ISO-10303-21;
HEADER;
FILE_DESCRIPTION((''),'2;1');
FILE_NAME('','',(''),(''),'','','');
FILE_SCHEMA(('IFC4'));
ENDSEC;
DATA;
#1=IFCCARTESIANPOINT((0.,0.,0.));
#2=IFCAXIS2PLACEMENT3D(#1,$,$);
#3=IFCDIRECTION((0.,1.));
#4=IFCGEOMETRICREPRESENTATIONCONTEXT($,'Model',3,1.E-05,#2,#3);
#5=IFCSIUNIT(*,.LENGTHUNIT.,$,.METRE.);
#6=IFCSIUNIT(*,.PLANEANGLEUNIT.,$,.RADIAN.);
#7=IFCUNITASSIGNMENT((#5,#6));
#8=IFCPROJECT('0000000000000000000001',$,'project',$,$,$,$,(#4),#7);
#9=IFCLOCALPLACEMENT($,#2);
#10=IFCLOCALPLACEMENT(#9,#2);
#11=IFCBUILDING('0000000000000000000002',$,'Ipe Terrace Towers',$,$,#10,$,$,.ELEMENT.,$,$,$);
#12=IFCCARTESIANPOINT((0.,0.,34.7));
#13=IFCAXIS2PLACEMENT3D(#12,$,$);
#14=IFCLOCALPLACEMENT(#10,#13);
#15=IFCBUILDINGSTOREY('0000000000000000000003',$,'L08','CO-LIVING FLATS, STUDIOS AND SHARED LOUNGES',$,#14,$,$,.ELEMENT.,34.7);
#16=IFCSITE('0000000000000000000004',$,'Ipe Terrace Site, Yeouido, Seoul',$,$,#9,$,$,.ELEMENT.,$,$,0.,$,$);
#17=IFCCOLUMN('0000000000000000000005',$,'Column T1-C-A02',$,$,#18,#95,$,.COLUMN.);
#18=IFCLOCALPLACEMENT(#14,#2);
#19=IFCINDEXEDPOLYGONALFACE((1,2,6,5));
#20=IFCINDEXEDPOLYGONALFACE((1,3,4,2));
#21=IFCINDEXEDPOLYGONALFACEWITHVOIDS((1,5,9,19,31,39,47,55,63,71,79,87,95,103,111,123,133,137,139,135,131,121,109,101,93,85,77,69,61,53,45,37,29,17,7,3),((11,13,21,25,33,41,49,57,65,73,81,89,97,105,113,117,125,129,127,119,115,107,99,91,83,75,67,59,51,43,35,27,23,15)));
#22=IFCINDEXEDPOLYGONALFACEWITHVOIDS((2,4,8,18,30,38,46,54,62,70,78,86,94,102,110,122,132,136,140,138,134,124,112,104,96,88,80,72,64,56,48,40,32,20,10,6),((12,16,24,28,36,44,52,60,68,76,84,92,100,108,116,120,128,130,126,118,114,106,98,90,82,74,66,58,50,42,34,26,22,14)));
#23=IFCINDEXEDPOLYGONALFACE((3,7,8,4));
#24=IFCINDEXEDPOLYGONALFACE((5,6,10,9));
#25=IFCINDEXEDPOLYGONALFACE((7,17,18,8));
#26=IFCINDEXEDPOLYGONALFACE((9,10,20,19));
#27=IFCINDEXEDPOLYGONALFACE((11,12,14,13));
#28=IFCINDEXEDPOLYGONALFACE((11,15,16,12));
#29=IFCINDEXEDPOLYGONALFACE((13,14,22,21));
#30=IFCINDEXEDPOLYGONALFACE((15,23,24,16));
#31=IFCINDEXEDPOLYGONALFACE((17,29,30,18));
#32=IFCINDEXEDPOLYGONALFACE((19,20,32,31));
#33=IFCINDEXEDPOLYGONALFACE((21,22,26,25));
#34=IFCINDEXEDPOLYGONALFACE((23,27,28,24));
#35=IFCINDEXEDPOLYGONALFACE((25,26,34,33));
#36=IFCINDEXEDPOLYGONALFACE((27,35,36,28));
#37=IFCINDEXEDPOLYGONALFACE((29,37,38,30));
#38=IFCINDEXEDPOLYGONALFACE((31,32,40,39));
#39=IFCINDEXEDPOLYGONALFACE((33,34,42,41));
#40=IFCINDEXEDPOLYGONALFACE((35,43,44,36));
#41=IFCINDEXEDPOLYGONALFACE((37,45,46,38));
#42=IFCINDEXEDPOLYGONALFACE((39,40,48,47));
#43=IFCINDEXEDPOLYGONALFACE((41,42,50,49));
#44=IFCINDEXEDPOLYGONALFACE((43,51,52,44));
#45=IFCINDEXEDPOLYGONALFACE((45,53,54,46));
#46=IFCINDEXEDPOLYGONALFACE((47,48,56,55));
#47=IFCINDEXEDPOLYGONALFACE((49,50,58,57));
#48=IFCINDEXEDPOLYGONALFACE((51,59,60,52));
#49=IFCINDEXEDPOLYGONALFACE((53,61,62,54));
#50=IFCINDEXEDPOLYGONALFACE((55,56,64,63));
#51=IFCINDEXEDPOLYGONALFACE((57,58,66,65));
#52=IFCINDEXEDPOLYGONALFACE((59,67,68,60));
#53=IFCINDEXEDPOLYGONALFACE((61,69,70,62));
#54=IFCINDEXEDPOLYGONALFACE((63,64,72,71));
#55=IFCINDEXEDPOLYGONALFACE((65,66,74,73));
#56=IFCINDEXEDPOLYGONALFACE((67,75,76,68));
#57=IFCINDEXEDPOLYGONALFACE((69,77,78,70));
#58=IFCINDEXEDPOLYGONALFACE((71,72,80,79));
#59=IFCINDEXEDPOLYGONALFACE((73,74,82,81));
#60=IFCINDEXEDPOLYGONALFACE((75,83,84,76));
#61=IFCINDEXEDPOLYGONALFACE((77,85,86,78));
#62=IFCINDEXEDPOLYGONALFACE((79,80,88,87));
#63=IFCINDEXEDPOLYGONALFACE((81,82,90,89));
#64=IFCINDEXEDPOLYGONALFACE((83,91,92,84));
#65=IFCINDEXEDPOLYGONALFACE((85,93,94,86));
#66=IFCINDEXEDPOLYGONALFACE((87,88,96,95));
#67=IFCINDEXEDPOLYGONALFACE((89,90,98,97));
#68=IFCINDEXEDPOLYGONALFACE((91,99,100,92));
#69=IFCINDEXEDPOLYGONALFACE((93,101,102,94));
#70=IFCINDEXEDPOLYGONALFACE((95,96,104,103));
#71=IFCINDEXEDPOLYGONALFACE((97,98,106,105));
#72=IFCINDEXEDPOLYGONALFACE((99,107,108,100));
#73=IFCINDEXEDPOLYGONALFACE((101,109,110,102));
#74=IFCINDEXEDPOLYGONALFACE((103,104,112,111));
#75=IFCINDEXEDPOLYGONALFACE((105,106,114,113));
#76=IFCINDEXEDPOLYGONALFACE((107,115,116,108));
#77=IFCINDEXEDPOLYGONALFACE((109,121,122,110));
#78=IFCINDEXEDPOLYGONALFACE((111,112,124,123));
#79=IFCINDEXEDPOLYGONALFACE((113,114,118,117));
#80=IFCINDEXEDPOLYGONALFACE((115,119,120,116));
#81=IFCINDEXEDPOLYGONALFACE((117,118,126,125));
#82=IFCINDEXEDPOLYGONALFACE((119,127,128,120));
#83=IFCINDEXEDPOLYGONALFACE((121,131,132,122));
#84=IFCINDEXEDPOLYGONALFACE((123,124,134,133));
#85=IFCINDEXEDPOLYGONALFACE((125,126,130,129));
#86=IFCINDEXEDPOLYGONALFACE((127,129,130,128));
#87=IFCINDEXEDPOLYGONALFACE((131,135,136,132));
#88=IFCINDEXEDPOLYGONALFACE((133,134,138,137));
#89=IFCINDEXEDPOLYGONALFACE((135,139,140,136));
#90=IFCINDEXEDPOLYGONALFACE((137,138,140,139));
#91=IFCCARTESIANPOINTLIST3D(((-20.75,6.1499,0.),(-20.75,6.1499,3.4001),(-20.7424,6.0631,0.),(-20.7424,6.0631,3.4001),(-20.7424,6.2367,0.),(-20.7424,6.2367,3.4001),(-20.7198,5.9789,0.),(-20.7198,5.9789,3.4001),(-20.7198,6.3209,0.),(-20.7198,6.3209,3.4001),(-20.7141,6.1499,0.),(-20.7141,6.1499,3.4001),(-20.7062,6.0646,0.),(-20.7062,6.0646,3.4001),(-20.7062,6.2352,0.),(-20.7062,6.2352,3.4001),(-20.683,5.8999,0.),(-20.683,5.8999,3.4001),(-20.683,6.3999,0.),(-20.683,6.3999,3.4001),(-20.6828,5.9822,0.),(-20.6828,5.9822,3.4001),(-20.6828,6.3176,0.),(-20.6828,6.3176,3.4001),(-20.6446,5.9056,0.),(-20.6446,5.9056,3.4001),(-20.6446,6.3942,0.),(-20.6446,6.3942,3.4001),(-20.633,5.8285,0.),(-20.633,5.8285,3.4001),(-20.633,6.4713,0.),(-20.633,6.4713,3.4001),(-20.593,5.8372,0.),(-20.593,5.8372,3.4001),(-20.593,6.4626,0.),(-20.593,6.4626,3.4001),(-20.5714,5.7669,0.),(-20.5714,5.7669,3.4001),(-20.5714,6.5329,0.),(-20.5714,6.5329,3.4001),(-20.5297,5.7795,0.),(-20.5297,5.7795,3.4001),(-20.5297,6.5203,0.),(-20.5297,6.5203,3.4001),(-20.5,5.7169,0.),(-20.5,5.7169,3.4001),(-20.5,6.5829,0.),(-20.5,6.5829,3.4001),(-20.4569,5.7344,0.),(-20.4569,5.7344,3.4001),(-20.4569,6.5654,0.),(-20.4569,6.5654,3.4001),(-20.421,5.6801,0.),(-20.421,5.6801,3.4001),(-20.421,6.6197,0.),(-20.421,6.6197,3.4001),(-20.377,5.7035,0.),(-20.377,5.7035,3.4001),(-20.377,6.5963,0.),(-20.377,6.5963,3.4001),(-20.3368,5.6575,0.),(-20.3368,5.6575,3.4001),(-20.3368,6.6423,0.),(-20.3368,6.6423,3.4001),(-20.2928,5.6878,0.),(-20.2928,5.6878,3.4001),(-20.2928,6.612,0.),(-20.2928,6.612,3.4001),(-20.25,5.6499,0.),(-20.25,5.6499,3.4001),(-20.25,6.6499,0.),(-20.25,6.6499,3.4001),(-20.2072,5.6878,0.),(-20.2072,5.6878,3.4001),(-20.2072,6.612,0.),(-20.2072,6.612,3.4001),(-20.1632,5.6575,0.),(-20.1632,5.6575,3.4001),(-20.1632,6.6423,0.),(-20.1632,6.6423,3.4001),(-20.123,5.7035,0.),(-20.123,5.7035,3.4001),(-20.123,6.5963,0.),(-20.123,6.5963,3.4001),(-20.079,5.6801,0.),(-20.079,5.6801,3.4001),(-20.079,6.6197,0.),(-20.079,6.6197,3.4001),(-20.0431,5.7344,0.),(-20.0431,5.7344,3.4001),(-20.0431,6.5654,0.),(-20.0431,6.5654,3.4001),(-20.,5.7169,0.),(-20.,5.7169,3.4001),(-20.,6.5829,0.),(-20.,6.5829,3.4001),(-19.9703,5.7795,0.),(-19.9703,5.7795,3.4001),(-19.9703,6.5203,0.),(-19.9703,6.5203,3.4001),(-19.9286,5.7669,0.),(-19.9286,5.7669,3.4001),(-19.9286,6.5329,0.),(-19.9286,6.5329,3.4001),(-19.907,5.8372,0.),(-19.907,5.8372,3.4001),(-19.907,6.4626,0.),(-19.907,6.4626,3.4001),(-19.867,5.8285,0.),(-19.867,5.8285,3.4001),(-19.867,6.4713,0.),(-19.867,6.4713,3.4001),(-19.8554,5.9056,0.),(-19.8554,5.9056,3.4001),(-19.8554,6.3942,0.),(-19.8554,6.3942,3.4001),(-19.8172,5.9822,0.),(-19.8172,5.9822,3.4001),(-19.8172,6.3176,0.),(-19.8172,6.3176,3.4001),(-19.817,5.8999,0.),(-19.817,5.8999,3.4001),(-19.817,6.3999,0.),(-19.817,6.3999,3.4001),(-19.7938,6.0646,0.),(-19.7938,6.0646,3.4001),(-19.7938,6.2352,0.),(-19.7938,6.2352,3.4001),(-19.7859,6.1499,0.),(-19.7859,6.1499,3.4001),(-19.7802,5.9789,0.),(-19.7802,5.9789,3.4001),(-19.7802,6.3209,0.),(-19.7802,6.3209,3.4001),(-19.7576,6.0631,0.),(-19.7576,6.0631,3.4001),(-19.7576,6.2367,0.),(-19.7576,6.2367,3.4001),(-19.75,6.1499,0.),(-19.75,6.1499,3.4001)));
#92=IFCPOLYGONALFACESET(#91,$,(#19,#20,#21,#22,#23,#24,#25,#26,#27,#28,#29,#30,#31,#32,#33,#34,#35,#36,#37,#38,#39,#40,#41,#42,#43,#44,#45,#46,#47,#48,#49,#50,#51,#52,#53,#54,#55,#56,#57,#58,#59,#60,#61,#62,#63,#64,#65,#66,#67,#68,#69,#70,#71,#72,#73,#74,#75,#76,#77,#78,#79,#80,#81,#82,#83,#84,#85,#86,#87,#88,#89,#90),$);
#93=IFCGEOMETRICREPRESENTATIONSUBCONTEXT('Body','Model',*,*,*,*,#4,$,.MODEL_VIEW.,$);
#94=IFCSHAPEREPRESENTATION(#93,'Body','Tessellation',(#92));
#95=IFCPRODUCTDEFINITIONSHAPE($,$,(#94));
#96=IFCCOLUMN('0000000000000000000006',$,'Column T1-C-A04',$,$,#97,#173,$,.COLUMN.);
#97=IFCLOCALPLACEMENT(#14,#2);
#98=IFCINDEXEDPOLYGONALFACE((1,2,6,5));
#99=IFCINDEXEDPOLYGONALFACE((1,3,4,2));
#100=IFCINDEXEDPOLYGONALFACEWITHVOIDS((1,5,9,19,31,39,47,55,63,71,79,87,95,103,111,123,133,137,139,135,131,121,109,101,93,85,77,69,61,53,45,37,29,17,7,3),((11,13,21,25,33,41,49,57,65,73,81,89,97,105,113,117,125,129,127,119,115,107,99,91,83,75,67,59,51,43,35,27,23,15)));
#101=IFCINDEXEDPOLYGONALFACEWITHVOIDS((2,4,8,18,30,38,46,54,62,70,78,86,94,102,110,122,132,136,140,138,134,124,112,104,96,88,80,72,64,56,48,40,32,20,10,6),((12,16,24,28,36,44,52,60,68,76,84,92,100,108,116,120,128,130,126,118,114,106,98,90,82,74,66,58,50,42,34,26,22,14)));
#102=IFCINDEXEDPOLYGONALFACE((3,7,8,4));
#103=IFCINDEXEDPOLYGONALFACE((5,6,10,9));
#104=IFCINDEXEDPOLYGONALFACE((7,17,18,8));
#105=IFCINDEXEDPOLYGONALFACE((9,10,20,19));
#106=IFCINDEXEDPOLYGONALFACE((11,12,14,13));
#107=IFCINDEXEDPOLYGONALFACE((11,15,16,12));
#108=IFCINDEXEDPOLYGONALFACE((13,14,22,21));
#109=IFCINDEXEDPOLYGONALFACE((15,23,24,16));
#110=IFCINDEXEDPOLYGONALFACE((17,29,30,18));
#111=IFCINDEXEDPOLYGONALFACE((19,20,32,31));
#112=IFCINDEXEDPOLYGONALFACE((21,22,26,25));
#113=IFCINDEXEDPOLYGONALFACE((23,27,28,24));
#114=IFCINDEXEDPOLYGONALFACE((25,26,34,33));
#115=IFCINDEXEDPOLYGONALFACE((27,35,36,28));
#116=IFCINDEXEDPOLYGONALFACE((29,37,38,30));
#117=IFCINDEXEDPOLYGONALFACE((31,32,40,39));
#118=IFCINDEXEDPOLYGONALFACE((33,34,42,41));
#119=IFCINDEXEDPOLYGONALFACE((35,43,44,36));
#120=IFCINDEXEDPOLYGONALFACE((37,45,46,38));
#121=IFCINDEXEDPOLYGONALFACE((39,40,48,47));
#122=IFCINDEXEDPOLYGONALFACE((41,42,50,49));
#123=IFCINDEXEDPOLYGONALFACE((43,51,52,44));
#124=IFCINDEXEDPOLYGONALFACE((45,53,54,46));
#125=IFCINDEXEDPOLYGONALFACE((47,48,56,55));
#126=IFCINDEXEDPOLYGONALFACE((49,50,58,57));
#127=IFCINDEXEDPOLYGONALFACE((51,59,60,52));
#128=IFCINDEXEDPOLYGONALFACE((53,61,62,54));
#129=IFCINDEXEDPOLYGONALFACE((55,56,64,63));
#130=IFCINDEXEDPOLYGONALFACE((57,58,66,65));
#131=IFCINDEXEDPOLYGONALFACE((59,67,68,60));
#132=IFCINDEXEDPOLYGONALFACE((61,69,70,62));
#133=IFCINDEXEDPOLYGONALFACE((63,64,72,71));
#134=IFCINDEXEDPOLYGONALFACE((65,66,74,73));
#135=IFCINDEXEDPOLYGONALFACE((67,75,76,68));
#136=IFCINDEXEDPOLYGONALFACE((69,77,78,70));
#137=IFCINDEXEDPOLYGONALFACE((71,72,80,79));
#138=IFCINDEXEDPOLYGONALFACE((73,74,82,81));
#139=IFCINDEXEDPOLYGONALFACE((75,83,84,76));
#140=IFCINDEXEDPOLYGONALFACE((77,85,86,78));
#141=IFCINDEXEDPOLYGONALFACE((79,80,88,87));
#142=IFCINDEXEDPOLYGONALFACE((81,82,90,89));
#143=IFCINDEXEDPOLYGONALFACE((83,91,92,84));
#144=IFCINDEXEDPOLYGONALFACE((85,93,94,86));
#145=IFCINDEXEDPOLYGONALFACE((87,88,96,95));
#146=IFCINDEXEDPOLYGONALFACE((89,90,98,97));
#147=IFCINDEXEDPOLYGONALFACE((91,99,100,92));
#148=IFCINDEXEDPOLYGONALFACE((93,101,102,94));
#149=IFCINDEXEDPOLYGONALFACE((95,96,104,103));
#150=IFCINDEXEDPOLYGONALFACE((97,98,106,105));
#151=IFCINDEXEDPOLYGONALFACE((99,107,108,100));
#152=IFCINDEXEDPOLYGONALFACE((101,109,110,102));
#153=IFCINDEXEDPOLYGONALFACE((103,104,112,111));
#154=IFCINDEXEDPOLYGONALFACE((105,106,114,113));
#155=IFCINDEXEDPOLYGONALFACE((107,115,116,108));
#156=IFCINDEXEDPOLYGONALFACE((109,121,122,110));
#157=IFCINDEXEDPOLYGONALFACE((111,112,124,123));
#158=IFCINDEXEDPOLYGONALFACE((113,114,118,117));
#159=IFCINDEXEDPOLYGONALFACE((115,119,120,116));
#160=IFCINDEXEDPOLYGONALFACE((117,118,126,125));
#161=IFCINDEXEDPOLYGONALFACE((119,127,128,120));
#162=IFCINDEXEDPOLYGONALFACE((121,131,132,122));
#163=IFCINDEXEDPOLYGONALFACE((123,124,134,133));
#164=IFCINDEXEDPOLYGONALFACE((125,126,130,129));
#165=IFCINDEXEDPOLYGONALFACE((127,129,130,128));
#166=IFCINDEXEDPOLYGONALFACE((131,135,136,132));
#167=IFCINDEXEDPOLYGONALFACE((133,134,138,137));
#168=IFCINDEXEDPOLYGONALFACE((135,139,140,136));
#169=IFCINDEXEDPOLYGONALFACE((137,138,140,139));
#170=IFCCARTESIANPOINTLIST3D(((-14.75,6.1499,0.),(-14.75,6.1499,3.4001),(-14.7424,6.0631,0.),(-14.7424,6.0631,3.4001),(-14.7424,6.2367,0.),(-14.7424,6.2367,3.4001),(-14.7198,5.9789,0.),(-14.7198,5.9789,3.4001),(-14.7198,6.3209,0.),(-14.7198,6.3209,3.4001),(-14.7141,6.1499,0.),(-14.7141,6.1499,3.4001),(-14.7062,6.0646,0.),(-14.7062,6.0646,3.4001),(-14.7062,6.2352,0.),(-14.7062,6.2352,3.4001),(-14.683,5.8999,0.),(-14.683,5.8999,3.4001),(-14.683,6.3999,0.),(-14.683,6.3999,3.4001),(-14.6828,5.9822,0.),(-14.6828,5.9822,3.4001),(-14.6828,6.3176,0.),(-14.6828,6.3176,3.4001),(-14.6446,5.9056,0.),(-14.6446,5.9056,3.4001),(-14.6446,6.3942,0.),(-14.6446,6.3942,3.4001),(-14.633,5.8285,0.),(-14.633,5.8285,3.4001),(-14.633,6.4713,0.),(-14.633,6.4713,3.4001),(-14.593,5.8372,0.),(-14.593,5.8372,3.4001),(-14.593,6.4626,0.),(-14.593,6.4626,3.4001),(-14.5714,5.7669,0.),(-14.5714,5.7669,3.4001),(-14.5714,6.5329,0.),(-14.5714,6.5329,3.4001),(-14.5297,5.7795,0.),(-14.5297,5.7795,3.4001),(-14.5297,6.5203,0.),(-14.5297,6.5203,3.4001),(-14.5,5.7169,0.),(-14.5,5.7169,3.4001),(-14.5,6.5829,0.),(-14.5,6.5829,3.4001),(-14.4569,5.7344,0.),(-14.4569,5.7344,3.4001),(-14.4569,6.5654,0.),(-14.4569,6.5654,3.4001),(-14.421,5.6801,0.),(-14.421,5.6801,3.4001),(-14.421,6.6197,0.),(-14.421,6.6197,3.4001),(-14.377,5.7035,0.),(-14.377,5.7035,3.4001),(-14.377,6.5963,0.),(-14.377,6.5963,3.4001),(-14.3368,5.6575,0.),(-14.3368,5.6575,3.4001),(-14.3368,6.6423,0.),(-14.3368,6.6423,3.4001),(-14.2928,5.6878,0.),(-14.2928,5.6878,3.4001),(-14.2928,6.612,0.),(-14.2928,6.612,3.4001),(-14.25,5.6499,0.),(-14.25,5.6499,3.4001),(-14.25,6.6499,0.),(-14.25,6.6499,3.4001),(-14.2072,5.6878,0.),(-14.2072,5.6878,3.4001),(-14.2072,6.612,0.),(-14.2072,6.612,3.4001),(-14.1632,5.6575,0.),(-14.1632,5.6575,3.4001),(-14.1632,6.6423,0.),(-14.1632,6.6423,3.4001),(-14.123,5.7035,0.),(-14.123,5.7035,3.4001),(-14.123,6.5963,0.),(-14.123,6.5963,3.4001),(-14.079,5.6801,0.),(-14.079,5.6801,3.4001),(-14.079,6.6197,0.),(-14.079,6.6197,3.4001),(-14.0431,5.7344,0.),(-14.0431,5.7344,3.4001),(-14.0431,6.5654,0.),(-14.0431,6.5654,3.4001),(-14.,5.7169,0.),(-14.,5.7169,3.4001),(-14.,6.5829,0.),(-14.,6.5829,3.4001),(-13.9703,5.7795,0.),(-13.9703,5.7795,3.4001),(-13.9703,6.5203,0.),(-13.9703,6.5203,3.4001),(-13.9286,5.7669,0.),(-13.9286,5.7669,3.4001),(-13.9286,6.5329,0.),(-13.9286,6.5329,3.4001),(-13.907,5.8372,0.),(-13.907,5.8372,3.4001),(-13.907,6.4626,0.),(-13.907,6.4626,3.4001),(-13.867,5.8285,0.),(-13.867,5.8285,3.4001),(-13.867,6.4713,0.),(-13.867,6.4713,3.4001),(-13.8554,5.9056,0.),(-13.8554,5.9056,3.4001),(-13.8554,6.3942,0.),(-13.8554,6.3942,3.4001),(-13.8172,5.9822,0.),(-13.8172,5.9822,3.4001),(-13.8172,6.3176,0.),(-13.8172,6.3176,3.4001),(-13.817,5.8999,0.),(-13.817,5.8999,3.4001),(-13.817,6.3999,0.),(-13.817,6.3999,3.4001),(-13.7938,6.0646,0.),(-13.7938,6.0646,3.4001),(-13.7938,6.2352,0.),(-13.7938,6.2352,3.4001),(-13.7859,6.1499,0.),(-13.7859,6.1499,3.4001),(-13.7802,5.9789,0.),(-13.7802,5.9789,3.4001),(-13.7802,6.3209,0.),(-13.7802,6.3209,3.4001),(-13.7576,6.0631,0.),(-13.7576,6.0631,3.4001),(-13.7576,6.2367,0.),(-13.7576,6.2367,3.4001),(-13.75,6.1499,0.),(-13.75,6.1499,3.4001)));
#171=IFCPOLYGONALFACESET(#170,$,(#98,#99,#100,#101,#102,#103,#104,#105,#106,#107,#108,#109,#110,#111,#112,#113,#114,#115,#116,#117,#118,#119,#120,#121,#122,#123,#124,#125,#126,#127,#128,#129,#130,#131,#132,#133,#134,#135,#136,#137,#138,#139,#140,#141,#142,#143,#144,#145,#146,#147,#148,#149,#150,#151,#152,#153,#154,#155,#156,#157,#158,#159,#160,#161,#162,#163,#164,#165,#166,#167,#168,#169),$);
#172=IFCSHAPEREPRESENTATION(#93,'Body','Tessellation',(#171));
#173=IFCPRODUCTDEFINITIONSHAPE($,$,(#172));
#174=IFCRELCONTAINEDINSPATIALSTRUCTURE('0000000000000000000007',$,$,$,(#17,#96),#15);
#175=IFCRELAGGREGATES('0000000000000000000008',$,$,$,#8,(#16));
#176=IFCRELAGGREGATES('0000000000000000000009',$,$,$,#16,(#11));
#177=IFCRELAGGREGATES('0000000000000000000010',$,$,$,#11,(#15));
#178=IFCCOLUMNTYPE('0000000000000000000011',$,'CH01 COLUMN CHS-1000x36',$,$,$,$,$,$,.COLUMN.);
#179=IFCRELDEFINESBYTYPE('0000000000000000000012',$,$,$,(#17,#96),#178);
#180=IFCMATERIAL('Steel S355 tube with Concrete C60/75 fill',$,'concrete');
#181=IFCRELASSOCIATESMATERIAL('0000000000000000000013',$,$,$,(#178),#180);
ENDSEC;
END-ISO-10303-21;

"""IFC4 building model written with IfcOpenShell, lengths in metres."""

from ifc_helpers import new_model, si_unit, direction, frame, origin, origin_2d, place, context, subcontext, project, spatial, hollow_circle, extrude, material, material_profile, profile_set, type_object, element, save


model = new_model("IFC4")

# Units and contexts
model_context = context("Model", 3, precision=1e-05, world=origin(), true_north=direction((0.0, 1.0)))
body_context = subcontext(model_context, "Body", "Model", "MODEL_VIEW")
ifc_project = project(units=[si_unit("LENGTHUNIT", "METRE"), si_unit("PLANEANGLEUNIT", "RADIAN")], contexts=[model_context])

# Site, building, storey
site_placement = place(None, origin())
site = spatial("IfcSite", under=ifc_project, at=site_placement, Name="Ipe Terrace Site, Yeouido, Seoul", CompositionType="ELEMENT", RefElevation=0.0)
building_placement = place(site_placement, origin())
building = spatial("IfcBuilding", under=site, at=building_placement, Name="Ipe Terrace Towers", CompositionType="ELEMENT")
storey_placement = place(building_placement, frame((0.0, 0.0, 34.7)))
storey = spatial("IfcBuildingStorey", under=building, at=storey_placement, Name="L08", Description="CO-LIVING FLATS, STUDIOS AND SHARED LOUNGES", CompositionType="ELEMENT", Elevation=34.7)

# Columns
ifc_material_1 = material(Name="Steel S355 tube with Concrete C60/75 fill", Category="concrete")
ifc_material_profile_1 = material_profile(ifc_material_1, hollow_circle(Radius=0.5, WallThickness=0.0359, at=origin_2d()), Name="CHS-1000x36")
ifc_profile_set_1 = profile_set([ifc_material_profile_1], Name="Steel S355 tube with Concrete C60/75 fill")
column_type = type_object("IfcColumnType", Name="CH01 COLUMN CHS-1000x36", PredefinedType="COLUMN", material=ifc_profile_set_1)
for number, where, z_axis, x_axis, name in (
    (1, (-20.25, 6.1499, 0.0), (0.0, 0.0, 1.0), (1.0, 0.0, 0.0), "Column T1-C-A02"),
    (2, (-14.25, 6.1499, 0.0), (0.0, 0.0, 1.0), (1.0, 0.0, 0.0), "Column T1-C-A04"),
):
    element("IfcColumn", number, at=place(storey_placement, frame(where, z_axis=z_axis, x_axis=x_axis)), inside=storey, type_object=column_type, Name=name, PredefinedType="COLUMN", context=body_context, shape_type="SweptSolid", body=[
        extrude(hollow_circle(Radius=0.5, WallThickness=0.0359, at=origin_2d()), origin(), (0.0, 0.0, 1.0), 3.4001),
    ])

save(model, "model.ifc")
